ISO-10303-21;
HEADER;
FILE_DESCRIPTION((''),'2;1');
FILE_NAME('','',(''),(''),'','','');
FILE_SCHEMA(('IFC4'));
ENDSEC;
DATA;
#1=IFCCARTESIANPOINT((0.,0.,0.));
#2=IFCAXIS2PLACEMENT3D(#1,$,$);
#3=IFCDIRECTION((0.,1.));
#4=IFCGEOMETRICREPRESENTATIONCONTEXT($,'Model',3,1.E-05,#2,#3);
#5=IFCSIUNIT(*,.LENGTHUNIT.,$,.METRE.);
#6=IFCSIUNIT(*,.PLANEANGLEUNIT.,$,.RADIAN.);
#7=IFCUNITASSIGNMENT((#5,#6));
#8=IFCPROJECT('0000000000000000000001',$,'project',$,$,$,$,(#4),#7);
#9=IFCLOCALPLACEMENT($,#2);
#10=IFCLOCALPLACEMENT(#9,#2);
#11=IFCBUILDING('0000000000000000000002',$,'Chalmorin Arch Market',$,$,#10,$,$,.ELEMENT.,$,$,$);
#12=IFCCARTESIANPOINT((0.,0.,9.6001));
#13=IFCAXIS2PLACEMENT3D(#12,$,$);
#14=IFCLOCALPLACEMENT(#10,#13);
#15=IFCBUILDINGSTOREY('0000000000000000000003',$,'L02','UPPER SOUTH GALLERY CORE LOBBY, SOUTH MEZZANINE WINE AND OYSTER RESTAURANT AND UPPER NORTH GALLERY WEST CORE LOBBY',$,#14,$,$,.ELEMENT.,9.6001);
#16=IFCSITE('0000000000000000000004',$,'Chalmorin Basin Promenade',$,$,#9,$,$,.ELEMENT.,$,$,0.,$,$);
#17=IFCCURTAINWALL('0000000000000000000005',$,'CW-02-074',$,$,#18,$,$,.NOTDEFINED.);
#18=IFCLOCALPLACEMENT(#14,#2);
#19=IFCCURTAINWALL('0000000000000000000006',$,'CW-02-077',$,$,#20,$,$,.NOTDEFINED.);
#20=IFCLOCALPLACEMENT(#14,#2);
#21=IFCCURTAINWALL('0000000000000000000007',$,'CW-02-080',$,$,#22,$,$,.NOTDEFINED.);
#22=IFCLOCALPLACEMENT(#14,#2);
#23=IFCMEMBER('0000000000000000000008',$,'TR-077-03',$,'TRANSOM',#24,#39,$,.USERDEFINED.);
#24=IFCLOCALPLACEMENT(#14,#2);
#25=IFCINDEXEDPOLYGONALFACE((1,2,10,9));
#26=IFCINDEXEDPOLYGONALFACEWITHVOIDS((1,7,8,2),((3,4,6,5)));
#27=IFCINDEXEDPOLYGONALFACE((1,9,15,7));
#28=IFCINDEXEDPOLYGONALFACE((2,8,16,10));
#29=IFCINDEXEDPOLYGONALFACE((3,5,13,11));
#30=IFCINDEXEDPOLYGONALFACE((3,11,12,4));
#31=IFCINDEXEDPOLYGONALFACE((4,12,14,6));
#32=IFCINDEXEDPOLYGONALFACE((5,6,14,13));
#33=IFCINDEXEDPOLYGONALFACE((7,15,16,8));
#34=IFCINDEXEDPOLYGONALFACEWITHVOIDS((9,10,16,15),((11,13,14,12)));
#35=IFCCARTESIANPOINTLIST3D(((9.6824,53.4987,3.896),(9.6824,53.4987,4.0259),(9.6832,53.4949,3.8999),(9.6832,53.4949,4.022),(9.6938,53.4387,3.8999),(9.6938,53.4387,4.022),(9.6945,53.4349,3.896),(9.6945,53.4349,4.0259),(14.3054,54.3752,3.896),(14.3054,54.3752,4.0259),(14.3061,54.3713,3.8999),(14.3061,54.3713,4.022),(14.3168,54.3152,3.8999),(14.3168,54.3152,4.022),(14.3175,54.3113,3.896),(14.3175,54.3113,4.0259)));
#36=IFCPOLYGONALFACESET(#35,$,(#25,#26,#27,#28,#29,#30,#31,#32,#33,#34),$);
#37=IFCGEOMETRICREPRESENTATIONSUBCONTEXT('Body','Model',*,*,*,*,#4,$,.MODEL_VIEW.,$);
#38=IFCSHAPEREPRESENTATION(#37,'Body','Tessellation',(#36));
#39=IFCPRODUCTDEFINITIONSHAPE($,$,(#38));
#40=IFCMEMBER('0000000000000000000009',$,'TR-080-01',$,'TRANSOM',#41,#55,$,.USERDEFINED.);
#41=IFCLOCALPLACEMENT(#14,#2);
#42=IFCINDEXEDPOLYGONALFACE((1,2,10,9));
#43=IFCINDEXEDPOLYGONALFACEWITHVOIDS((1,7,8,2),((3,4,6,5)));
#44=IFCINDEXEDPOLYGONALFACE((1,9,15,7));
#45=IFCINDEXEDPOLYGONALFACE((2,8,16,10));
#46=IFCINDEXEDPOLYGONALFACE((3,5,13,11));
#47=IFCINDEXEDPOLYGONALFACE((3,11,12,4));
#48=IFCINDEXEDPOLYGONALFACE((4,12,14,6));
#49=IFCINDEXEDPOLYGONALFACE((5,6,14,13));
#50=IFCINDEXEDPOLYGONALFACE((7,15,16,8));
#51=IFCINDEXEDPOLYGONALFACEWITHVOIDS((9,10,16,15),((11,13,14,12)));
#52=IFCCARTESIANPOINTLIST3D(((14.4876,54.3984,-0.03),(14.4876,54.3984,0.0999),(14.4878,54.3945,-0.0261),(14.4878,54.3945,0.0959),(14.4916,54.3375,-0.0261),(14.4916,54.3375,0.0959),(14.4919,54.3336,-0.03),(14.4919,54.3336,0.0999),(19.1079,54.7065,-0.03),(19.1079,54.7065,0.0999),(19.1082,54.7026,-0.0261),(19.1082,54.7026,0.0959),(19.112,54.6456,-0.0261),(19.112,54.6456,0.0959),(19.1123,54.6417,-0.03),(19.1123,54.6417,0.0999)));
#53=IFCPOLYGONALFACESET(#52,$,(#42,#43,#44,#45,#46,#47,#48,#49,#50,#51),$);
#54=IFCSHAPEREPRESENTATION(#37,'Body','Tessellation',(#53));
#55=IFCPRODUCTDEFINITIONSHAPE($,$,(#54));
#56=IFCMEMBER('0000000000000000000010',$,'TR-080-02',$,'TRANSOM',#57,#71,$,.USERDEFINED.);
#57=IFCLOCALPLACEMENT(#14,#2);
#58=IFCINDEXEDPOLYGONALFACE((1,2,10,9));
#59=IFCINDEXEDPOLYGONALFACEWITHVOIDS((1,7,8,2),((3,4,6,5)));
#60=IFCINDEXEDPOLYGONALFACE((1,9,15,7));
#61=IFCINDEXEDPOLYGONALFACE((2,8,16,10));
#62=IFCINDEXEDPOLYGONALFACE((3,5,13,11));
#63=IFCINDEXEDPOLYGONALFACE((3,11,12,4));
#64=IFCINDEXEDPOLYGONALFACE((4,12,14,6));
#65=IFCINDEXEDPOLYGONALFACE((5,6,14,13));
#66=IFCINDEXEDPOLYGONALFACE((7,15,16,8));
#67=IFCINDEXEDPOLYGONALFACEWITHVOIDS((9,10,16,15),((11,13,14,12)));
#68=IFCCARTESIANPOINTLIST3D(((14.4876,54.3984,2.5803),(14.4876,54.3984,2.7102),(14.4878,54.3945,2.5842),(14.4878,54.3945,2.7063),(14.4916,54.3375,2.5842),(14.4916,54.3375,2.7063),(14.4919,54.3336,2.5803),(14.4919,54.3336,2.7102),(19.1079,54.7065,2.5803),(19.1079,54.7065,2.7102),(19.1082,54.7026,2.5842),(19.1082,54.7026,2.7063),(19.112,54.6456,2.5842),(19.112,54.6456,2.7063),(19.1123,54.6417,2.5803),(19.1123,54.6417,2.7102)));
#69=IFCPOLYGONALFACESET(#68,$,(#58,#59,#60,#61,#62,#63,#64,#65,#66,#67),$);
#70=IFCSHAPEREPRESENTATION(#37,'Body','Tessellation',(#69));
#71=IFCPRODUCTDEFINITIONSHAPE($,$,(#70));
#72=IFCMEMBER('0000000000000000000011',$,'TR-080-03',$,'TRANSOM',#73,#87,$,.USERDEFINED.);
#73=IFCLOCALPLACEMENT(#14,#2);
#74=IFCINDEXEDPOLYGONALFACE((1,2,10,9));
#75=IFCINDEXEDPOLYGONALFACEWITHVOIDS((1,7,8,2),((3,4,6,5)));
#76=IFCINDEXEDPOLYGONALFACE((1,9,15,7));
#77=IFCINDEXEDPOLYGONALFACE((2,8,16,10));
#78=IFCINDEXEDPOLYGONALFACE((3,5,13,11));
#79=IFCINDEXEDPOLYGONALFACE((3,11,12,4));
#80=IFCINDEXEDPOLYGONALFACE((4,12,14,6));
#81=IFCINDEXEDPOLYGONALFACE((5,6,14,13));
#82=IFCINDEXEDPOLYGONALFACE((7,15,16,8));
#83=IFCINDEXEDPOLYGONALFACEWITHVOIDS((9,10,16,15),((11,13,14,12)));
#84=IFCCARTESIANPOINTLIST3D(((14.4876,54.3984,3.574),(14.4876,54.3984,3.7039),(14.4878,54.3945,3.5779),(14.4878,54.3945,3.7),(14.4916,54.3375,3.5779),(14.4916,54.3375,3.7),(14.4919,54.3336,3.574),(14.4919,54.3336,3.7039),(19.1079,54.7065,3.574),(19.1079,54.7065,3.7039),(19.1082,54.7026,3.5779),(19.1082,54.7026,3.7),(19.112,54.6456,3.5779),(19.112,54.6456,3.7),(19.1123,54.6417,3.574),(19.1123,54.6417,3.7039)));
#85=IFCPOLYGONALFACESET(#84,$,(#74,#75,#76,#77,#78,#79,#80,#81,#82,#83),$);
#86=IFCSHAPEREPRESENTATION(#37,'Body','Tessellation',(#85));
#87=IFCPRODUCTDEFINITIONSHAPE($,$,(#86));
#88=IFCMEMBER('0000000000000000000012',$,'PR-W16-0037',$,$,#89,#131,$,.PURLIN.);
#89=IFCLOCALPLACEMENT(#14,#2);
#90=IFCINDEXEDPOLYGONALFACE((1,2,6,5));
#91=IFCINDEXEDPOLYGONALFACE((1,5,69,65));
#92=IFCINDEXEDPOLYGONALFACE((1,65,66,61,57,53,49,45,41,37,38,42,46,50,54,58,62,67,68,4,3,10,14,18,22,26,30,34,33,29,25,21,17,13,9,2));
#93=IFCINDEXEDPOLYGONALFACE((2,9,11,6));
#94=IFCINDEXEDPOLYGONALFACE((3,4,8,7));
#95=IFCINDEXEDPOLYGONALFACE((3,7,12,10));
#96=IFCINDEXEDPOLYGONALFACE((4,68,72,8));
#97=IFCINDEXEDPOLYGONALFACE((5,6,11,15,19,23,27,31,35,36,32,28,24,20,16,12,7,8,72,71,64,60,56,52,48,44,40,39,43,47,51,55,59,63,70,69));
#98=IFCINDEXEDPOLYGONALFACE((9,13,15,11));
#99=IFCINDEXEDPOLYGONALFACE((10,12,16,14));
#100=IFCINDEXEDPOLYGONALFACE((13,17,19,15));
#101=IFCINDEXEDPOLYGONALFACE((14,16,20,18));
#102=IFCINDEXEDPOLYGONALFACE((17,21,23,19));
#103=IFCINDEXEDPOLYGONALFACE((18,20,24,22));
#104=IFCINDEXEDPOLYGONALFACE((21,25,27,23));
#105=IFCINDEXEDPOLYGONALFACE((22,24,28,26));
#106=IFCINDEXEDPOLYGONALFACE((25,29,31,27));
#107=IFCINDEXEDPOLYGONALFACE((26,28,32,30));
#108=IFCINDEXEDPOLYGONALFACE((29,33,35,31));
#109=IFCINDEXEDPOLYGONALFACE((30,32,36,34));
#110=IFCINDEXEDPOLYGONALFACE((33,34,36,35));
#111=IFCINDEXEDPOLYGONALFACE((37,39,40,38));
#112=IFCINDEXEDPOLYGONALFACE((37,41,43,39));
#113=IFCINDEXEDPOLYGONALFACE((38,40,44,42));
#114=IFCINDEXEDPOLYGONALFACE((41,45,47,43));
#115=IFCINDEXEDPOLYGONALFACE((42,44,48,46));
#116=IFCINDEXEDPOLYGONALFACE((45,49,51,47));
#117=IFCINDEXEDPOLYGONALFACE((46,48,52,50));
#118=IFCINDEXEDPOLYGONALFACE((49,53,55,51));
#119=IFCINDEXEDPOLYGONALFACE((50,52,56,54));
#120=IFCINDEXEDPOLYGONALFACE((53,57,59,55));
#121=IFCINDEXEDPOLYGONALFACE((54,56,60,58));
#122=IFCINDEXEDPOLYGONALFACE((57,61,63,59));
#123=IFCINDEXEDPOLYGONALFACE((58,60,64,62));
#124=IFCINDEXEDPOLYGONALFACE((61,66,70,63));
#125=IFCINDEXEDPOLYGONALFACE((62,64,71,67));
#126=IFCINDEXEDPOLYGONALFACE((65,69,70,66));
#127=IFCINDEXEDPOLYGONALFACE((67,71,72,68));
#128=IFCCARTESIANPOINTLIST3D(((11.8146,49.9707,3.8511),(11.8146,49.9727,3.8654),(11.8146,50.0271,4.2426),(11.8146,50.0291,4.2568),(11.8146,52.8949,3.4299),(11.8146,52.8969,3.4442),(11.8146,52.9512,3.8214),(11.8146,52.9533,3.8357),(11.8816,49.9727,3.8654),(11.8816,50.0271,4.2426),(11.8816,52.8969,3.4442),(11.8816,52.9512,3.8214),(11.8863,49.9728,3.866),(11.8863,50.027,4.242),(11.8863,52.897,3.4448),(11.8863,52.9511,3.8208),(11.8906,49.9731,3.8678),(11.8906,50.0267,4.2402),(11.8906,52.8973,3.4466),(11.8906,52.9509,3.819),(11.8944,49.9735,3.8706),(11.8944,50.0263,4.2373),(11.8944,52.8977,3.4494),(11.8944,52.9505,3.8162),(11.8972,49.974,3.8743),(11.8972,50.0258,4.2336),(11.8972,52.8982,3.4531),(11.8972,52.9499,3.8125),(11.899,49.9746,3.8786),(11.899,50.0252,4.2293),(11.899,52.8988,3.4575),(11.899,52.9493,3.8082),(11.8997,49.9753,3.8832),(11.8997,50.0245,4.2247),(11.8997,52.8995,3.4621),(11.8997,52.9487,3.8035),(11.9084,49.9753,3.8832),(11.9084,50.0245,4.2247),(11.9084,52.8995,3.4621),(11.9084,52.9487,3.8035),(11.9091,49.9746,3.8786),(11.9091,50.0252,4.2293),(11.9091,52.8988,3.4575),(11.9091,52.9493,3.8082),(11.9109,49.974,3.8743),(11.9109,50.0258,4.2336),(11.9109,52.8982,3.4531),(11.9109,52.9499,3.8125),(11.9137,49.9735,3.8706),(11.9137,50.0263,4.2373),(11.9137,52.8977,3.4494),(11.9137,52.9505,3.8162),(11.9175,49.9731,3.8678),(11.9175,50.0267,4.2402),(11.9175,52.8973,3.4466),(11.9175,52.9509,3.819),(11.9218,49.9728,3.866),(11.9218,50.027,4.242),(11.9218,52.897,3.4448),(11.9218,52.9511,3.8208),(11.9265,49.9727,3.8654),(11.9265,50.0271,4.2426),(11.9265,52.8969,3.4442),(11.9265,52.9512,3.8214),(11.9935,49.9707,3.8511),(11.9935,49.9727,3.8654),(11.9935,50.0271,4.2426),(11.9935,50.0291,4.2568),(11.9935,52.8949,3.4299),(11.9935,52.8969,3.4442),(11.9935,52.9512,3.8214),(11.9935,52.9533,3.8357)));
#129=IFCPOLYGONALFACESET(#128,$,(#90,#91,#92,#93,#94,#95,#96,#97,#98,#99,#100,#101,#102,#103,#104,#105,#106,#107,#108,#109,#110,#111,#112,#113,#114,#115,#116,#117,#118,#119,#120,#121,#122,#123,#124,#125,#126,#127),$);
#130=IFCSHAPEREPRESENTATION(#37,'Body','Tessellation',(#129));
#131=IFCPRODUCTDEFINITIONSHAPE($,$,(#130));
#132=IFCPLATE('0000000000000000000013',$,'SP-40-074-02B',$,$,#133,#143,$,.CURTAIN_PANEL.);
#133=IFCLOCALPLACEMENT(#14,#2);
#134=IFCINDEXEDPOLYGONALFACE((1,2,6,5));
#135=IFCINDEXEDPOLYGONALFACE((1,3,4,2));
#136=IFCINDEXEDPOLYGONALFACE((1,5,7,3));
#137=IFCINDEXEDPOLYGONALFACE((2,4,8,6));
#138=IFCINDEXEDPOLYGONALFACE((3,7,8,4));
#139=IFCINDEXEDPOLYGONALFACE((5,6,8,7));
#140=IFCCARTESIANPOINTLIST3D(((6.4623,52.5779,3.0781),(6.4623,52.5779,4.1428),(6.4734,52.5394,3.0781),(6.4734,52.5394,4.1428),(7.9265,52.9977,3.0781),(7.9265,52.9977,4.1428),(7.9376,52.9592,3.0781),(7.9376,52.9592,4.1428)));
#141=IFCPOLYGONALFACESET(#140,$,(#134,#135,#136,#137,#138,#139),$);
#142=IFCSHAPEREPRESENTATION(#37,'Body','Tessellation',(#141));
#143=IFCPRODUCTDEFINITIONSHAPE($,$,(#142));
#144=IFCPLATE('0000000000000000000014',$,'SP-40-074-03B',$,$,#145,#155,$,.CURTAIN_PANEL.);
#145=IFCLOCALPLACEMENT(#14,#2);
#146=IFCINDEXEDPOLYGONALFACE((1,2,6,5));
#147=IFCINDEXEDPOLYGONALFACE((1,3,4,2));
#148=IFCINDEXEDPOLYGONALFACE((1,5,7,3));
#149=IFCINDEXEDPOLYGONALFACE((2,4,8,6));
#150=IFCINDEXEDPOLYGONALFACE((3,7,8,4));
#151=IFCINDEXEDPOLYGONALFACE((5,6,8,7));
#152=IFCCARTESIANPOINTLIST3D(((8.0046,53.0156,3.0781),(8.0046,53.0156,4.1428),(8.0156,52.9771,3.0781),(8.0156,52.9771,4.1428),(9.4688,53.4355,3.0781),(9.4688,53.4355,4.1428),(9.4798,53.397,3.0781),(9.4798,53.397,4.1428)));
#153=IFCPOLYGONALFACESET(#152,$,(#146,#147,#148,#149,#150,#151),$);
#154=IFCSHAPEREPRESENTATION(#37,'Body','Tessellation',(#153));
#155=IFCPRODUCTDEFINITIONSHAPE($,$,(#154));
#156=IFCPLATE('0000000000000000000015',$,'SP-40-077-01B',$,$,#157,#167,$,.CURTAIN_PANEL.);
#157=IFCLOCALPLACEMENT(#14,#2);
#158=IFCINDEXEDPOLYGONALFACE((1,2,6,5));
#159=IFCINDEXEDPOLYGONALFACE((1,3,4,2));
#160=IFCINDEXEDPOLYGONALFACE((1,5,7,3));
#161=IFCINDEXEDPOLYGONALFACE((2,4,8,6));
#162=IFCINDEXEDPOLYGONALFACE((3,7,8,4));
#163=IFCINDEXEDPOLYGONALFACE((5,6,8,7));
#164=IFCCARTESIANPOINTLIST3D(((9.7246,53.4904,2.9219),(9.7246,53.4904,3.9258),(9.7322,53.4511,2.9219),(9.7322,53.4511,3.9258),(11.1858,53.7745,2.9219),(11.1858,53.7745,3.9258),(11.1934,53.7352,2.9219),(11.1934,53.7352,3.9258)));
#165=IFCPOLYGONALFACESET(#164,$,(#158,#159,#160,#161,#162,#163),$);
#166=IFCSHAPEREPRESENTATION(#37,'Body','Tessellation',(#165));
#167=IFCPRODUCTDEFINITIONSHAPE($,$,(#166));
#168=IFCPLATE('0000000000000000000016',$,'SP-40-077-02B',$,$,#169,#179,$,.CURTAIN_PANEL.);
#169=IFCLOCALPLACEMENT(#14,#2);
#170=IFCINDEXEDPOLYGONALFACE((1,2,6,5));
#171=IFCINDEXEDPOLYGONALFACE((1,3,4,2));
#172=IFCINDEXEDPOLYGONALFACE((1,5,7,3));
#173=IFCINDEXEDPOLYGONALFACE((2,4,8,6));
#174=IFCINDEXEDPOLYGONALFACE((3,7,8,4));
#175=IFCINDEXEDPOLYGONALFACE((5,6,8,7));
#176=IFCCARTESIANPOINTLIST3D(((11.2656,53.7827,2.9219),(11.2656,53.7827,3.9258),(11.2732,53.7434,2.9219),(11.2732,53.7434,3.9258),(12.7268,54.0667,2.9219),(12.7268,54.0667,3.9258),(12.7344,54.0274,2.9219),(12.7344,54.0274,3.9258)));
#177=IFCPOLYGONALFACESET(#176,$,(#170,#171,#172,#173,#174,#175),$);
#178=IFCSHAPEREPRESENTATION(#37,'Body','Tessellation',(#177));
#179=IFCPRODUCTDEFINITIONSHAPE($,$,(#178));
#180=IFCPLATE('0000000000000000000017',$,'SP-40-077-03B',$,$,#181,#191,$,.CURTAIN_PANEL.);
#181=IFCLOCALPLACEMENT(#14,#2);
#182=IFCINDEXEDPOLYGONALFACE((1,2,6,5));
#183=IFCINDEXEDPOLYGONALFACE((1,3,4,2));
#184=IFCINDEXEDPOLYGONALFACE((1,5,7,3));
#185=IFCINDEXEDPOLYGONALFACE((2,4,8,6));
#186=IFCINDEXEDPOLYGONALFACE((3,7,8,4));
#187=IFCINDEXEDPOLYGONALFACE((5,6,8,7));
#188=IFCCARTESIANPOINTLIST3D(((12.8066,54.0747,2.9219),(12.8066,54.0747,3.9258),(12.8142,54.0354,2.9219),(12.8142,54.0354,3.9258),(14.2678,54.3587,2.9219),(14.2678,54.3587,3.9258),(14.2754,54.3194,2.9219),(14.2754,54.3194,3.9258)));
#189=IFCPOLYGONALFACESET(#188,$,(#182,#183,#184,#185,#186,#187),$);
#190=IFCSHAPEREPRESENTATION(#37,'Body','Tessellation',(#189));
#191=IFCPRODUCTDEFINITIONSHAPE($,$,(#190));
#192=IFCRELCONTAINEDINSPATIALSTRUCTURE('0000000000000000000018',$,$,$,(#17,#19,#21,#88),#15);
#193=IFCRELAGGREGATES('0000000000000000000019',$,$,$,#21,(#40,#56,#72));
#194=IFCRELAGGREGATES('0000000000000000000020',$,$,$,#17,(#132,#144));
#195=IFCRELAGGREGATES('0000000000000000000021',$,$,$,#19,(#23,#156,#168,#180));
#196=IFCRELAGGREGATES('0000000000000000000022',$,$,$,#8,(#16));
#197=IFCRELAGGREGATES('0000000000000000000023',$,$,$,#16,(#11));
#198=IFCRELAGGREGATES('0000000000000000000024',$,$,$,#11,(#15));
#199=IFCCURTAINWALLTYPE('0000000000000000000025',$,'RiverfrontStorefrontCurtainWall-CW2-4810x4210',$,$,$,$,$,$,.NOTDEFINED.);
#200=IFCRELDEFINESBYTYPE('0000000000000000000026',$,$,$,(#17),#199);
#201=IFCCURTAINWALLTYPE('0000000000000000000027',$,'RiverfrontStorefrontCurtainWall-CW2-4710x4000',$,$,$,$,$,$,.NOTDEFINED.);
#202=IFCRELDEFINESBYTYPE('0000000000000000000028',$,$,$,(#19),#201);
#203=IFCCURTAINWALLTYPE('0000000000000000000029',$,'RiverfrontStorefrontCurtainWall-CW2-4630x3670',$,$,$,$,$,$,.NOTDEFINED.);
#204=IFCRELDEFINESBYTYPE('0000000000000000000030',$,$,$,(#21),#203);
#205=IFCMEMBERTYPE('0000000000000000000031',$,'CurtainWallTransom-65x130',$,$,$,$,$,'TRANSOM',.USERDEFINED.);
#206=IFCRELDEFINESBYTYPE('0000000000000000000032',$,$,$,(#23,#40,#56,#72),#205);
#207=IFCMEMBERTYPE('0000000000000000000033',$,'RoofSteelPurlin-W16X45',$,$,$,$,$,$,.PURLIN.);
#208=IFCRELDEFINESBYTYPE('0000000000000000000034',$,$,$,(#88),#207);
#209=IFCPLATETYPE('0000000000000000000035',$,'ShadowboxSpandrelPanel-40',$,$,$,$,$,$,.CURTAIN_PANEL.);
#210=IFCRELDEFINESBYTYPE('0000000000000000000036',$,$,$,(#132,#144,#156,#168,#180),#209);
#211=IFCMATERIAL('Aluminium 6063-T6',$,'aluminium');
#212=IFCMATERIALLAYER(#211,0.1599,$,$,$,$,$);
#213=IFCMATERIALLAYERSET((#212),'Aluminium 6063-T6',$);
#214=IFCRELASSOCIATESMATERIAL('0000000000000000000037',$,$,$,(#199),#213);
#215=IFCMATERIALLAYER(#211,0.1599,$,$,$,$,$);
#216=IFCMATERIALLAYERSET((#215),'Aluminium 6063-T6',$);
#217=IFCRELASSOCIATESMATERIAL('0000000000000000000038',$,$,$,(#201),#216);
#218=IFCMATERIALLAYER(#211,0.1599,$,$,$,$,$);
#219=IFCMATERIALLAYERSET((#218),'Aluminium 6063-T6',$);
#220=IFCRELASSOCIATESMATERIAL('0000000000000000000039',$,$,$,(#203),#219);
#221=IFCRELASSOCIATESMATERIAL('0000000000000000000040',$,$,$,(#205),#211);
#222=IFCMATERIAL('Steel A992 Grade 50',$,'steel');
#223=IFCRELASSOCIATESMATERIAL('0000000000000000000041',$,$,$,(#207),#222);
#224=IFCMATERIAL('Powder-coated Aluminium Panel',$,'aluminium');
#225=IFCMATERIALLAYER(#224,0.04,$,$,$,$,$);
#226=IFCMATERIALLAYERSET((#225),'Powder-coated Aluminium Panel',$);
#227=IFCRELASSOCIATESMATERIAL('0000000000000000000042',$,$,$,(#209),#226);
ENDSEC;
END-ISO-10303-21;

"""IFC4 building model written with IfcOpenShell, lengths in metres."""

from ifc_helpers import new_model, si_unit, direction, frame, origin, origin_2d, place, context, subcontext, project, spatial, rectangle, hollow_rectangle, i_section, extrude, material, layer, layer_set, material_profile, profile_set, type_object, element, aggregate, save


model = new_model("IFC4")

# Units and contexts
model_context = context("Model", 3, precision=1e-05, world=origin(), true_north=direction((0.0, 1.0)))
body_context = subcontext(model_context, "Body", "Model", "MODEL_VIEW")
ifc_project = project(units=[si_unit("LENGTHUNIT", "METRE"), si_unit("PLANEANGLEUNIT", "RADIAN")], contexts=[model_context])

# Site, building, storey
site_placement = place(None, origin())
site = spatial("IfcSite", under=ifc_project, at=site_placement, Name="Chalmorin Basin Promenade", CompositionType="ELEMENT", RefElevation=0.0)
building_placement = place(site_placement, origin())
building = spatial("IfcBuilding", under=site, at=building_placement, Name="Chalmorin Arch Market", CompositionType="ELEMENT")
storey_placement = place(building_placement, frame((0.0, 0.0, 9.6001)))
storey = spatial("IfcBuildingStorey", under=building, at=storey_placement, Name="L02", Description="UPPER SOUTH GALLERY CORE LOBBY, SOUTH MEZZANINE WINE AND OYSTER RESTAURANT AND UPPER NORTH GALLERY WEST CORE LOBBY", CompositionType="ELEMENT", Elevation=9.6001)

# Curtain walls
ifc_material_1 = material(Name="Aluminium 6063-T6", Category="aluminium")
ifc_layer_1 = layer(ifc_material_1, 0.1599)
ifc_layer_set_1 = layer_set([ifc_layer_1], Name="Aluminium 6063-T6")
curtain_wall_type_1 = type_object("IfcCurtainWallType", Name="RiverfrontStorefrontCurtainWall-CW2-4810x4210", PredefinedType="NOTDEFINED", material=ifc_layer_set_1)
curtain_wall_1_placement = place(storey_placement, origin())
curtain_wall_1 = element("IfcCurtainWall", 1, at=curtain_wall_1_placement, inside=storey, type_object=curtain_wall_type_1, Name="CW-02-074", PredefinedType="NOTDEFINED")
ifc_layer_2 = layer(ifc_material_1, 0.1599)
ifc_layer_set_2 = layer_set([ifc_layer_2], Name="Aluminium 6063-T6")
curtain_wall_type_2 = type_object("IfcCurtainWallType", Name="RiverfrontStorefrontCurtainWall-CW2-4710x4000", PredefinedType="NOTDEFINED", material=ifc_layer_set_2)
curtain_wall_2_placement = place(storey_placement, origin())
curtain_wall_2 = element("IfcCurtainWall", 2, at=curtain_wall_2_placement, inside=storey, type_object=curtain_wall_type_2, Name="CW-02-077", PredefinedType="NOTDEFINED")

# Curtain wall
ifc_layer_3 = layer(ifc_material_1, 0.1599)
ifc_layer_set_3 = layer_set([ifc_layer_3], Name="Aluminium 6063-T6")
curtain_wall_type_3 = type_object("IfcCurtainWallType", Name="RiverfrontStorefrontCurtainWall-CW2-4630x3670", PredefinedType="NOTDEFINED", material=ifc_layer_set_3)
curtain_wall_3_placement = place(storey_placement, origin())
curtain_wall_3 = element("IfcCurtainWall", 3, at=curtain_wall_3_placement, inside=storey, type_object=curtain_wall_type_3, Name="CW-02-080", PredefinedType="NOTDEFINED")

# Members
ifc_material_profile_1 = material_profile(ifc_material_1, hollow_rectangle(XDim=0.0649, YDim=0.1299, WallThickness=0.0039, at=origin_2d()), Name="ALU65X130X4")
ifc_profile_set_1 = profile_set([ifc_material_profile_1], Name="Aluminium 6063-T6")
member_type_1 = type_object("IfcMemberType", Name="CurtainWallTransom-65x130", ElementType="TRANSOM", PredefinedType="USERDEFINED", material=ifc_profile_set_1)
member_1_placement = place(storey_placement, frame((9.6885, 53.4668, 3.9609), z_axis=(0.982499, 0.186268, 0.0), x_axis=(-0.186268, 0.982499, 0.0)))
member_1 = element("IfcMember", 4, at=member_1_placement, type_object=member_type_1, Name="TR-077-03", ObjectType="TRANSOM", PredefinedType="USERDEFINED", context=body_context, shape_type="SweptSolid", body=[
    extrude(hollow_rectangle(XDim=0.0649, YDim=0.1299, WallThickness=0.0039, at=origin_2d()), origin(), (0.0, 0.0, 1.0), 4.7053),
])
member_2_placement = place(storey_placement, frame((14.4897, 54.366, 0.0349), z_axis=(0.997784, 0.066537, 0.0), x_axis=(-0.066537, 0.997784, 0.0)))
member_2 = element("IfcMember", 5, at=member_2_placement, type_object=member_type_1, Name="TR-080-01", ObjectType="TRANSOM", PredefinedType="USERDEFINED", context=body_context, shape_type="SweptSolid", body=[
    extrude(hollow_rectangle(XDim=0.0649, YDim=0.1299, WallThickness=0.0039, at=origin_2d()), origin(), (0.0, 0.0, 1.0), 4.6306),
])
member_3_placement = place(storey_placement, frame((14.4897, 54.366, 2.6453), z_axis=(0.997784, 0.066537, 0.0), x_axis=(-0.066537, 0.997784, 0.0)))
member_3 = element("IfcMember", 6, at=member_3_placement, type_object=member_type_1, Name="TR-080-02", ObjectType="TRANSOM", PredefinedType="USERDEFINED", context=body_context, shape_type="SweptSolid", body=[
    extrude(hollow_rectangle(XDim=0.0649, YDim=0.1299, WallThickness=0.0039, at=origin_2d()), origin(), (0.0, 0.0, 1.0), 4.6306),
])
member_4_placement = place(storey_placement, frame((14.4897, 54.366, 3.6389), z_axis=(0.997784, 0.066537, 0.0), x_axis=(-0.066537, 0.997784, 0.0)))
member_4 = element("IfcMember", 7, at=member_4_placement, type_object=member_type_1, Name="TR-080-03", ObjectType="TRANSOM", PredefinedType="USERDEFINED", context=body_context, shape_type="SweptSolid", body=[
    extrude(hollow_rectangle(XDim=0.0649, YDim=0.1299, WallThickness=0.0039, at=origin_2d()), origin(), (0.0, 0.0, 1.0), 4.6306),
])
aggregate(curtain_wall_3, [member_2, member_3, member_4])
ifc_material_2 = material(Name="Steel A992 Grade 50", Category="steel")
ifc_material_profile_2 = material_profile(ifc_material_2, i_section(OverallWidth=0.179, OverallDepth=0.4099, WebThickness=0.0088, FlangeThickness=0.0144, FilletRadius=0.0181, at=origin_2d()), Name="W16X45")
ifc_profile_set_2 = profile_set([ifc_material_profile_2], Name="Steel A992 Grade 50")
member_type_2 = type_object("IfcMemberType", Name="RoofSteelPurlin-W16X45", PredefinedType="PURLIN", material=ifc_profile_set_2)
member_5_placement = place(storey_placement, frame((11.9041, 52.9241, 3.6328), z_axis=(0.0, -0.989787, 0.142555), x_axis=(1.0, 0.0, 0.0)))
element("IfcMember", 8, at=member_5_placement, inside=storey, type_object=member_type_2, Name="PR-W16-0037", PredefinedType="PURLIN", context=body_context, shape_type="SweptSolid", body=[
    extrude(i_section(OverallWidth=0.179, OverallDepth=0.4099, WebThickness=0.0088, FlangeThickness=0.0144, FilletRadius=0.0181, at=origin_2d()), origin(), (0.0, 0.0, 1.0), 2.9543),
])

# Plates
ifc_material_3 = material(Name="Powder-coated Aluminium Panel", Category="aluminium")
ifc_layer_4 = layer(ifc_material_3, 0.04)
ifc_layer_set_4 = layer_set([ifc_layer_4], Name="Powder-coated Aluminium Panel")
plate_type_1 = type_object("IfcPlateType", Name="ShadowboxSpandrelPanel-40", PredefinedType="CURTAIN_PANEL", material=ifc_layer_set_4)
plate_1_placement = place(storey_placement, frame((7.2, 52.7686, 3.0781), z_axis=(0.0, 0.0, 1.0), x_axis=(0.961262, 0.275637, 0.0)))
plate_1 = element("IfcPlate", 9, at=plate_1_placement, type_object=plate_type_1, Name="SP-40-074-02B", PredefinedType="CURTAIN_PANEL", context=body_context, shape_type="SweptSolid", body=[
    extrude(rectangle(XDim=1.5232, YDim=0.04, at=origin_2d()), origin(), (0.0, 0.0, 1.0), 1.0647),
])
plate_2_placement = place(storey_placement, frame((8.7422, 53.2063, 3.0781), z_axis=(0.0, 0.0, 1.0), x_axis=(0.961262, 0.275637, 0.0)))
plate_2 = element("IfcPlate", 10, at=plate_2_placement, type_object=plate_type_1, Name="SP-40-074-03B", PredefinedType="CURTAIN_PANEL", context=body_context, shape_type="SweptSolid", body=[
    extrude(rectangle(XDim=1.5232, YDim=0.04, at=origin_2d()), origin(), (0.0, 0.0, 1.0), 1.0647),
])
plate_3_placement = place(storey_placement, frame((10.459, 53.6128, 2.9219), z_axis=(0.0, 0.0, 1.0), x_axis=(0.981627, 0.190809, 0.0)))
plate_3 = element("IfcPlate", 11, at=plate_3_placement, type_object=plate_type_1, Name="SP-40-077-01B", PredefinedType="CURTAIN_PANEL", context=body_context, shape_type="SweptSolid", body=[
    extrude(rectangle(XDim=1.4885, YDim=0.04, at=origin_2d()), origin(), (0.0, 0.0, 1.0), 1.0039),
])
plate_4_placement = place(storey_placement, frame((12.0, 53.905, 2.9219), z_axis=(0.0, 0.0, 1.0), x_axis=(0.981627, 0.190809, 0.0)))
plate_4 = element("IfcPlate", 12, at=plate_4_placement, type_object=plate_type_1, Name="SP-40-077-02B", PredefinedType="CURTAIN_PANEL", context=body_context, shape_type="SweptSolid", body=[
    extrude(rectangle(XDim=1.4885, YDim=0.04, at=origin_2d()), origin(), (0.0, 0.0, 1.0), 1.0039),
])
plate_5_placement = place(storey_placement, frame((13.541, 54.197, 2.9219), z_axis=(0.0, 0.0, 1.0), x_axis=(0.981627, 0.190809, 0.0)))
plate_5 = element("IfcPlate", 13, at=plate_5_placement, type_object=plate_type_1, Name="SP-40-077-03B", PredefinedType="CURTAIN_PANEL", context=body_context, shape_type="SweptSolid", body=[
    extrude(rectangle(XDim=1.4885, YDim=0.04, at=origin_2d()), origin(), (0.0, 0.0, 1.0), 1.0039),
])
aggregate(curtain_wall_1, [plate_1, plate_2])
aggregate(curtain_wall_2, [member_1, plate_3, plate_4, plate_5])

save(model, "model.ifc")
